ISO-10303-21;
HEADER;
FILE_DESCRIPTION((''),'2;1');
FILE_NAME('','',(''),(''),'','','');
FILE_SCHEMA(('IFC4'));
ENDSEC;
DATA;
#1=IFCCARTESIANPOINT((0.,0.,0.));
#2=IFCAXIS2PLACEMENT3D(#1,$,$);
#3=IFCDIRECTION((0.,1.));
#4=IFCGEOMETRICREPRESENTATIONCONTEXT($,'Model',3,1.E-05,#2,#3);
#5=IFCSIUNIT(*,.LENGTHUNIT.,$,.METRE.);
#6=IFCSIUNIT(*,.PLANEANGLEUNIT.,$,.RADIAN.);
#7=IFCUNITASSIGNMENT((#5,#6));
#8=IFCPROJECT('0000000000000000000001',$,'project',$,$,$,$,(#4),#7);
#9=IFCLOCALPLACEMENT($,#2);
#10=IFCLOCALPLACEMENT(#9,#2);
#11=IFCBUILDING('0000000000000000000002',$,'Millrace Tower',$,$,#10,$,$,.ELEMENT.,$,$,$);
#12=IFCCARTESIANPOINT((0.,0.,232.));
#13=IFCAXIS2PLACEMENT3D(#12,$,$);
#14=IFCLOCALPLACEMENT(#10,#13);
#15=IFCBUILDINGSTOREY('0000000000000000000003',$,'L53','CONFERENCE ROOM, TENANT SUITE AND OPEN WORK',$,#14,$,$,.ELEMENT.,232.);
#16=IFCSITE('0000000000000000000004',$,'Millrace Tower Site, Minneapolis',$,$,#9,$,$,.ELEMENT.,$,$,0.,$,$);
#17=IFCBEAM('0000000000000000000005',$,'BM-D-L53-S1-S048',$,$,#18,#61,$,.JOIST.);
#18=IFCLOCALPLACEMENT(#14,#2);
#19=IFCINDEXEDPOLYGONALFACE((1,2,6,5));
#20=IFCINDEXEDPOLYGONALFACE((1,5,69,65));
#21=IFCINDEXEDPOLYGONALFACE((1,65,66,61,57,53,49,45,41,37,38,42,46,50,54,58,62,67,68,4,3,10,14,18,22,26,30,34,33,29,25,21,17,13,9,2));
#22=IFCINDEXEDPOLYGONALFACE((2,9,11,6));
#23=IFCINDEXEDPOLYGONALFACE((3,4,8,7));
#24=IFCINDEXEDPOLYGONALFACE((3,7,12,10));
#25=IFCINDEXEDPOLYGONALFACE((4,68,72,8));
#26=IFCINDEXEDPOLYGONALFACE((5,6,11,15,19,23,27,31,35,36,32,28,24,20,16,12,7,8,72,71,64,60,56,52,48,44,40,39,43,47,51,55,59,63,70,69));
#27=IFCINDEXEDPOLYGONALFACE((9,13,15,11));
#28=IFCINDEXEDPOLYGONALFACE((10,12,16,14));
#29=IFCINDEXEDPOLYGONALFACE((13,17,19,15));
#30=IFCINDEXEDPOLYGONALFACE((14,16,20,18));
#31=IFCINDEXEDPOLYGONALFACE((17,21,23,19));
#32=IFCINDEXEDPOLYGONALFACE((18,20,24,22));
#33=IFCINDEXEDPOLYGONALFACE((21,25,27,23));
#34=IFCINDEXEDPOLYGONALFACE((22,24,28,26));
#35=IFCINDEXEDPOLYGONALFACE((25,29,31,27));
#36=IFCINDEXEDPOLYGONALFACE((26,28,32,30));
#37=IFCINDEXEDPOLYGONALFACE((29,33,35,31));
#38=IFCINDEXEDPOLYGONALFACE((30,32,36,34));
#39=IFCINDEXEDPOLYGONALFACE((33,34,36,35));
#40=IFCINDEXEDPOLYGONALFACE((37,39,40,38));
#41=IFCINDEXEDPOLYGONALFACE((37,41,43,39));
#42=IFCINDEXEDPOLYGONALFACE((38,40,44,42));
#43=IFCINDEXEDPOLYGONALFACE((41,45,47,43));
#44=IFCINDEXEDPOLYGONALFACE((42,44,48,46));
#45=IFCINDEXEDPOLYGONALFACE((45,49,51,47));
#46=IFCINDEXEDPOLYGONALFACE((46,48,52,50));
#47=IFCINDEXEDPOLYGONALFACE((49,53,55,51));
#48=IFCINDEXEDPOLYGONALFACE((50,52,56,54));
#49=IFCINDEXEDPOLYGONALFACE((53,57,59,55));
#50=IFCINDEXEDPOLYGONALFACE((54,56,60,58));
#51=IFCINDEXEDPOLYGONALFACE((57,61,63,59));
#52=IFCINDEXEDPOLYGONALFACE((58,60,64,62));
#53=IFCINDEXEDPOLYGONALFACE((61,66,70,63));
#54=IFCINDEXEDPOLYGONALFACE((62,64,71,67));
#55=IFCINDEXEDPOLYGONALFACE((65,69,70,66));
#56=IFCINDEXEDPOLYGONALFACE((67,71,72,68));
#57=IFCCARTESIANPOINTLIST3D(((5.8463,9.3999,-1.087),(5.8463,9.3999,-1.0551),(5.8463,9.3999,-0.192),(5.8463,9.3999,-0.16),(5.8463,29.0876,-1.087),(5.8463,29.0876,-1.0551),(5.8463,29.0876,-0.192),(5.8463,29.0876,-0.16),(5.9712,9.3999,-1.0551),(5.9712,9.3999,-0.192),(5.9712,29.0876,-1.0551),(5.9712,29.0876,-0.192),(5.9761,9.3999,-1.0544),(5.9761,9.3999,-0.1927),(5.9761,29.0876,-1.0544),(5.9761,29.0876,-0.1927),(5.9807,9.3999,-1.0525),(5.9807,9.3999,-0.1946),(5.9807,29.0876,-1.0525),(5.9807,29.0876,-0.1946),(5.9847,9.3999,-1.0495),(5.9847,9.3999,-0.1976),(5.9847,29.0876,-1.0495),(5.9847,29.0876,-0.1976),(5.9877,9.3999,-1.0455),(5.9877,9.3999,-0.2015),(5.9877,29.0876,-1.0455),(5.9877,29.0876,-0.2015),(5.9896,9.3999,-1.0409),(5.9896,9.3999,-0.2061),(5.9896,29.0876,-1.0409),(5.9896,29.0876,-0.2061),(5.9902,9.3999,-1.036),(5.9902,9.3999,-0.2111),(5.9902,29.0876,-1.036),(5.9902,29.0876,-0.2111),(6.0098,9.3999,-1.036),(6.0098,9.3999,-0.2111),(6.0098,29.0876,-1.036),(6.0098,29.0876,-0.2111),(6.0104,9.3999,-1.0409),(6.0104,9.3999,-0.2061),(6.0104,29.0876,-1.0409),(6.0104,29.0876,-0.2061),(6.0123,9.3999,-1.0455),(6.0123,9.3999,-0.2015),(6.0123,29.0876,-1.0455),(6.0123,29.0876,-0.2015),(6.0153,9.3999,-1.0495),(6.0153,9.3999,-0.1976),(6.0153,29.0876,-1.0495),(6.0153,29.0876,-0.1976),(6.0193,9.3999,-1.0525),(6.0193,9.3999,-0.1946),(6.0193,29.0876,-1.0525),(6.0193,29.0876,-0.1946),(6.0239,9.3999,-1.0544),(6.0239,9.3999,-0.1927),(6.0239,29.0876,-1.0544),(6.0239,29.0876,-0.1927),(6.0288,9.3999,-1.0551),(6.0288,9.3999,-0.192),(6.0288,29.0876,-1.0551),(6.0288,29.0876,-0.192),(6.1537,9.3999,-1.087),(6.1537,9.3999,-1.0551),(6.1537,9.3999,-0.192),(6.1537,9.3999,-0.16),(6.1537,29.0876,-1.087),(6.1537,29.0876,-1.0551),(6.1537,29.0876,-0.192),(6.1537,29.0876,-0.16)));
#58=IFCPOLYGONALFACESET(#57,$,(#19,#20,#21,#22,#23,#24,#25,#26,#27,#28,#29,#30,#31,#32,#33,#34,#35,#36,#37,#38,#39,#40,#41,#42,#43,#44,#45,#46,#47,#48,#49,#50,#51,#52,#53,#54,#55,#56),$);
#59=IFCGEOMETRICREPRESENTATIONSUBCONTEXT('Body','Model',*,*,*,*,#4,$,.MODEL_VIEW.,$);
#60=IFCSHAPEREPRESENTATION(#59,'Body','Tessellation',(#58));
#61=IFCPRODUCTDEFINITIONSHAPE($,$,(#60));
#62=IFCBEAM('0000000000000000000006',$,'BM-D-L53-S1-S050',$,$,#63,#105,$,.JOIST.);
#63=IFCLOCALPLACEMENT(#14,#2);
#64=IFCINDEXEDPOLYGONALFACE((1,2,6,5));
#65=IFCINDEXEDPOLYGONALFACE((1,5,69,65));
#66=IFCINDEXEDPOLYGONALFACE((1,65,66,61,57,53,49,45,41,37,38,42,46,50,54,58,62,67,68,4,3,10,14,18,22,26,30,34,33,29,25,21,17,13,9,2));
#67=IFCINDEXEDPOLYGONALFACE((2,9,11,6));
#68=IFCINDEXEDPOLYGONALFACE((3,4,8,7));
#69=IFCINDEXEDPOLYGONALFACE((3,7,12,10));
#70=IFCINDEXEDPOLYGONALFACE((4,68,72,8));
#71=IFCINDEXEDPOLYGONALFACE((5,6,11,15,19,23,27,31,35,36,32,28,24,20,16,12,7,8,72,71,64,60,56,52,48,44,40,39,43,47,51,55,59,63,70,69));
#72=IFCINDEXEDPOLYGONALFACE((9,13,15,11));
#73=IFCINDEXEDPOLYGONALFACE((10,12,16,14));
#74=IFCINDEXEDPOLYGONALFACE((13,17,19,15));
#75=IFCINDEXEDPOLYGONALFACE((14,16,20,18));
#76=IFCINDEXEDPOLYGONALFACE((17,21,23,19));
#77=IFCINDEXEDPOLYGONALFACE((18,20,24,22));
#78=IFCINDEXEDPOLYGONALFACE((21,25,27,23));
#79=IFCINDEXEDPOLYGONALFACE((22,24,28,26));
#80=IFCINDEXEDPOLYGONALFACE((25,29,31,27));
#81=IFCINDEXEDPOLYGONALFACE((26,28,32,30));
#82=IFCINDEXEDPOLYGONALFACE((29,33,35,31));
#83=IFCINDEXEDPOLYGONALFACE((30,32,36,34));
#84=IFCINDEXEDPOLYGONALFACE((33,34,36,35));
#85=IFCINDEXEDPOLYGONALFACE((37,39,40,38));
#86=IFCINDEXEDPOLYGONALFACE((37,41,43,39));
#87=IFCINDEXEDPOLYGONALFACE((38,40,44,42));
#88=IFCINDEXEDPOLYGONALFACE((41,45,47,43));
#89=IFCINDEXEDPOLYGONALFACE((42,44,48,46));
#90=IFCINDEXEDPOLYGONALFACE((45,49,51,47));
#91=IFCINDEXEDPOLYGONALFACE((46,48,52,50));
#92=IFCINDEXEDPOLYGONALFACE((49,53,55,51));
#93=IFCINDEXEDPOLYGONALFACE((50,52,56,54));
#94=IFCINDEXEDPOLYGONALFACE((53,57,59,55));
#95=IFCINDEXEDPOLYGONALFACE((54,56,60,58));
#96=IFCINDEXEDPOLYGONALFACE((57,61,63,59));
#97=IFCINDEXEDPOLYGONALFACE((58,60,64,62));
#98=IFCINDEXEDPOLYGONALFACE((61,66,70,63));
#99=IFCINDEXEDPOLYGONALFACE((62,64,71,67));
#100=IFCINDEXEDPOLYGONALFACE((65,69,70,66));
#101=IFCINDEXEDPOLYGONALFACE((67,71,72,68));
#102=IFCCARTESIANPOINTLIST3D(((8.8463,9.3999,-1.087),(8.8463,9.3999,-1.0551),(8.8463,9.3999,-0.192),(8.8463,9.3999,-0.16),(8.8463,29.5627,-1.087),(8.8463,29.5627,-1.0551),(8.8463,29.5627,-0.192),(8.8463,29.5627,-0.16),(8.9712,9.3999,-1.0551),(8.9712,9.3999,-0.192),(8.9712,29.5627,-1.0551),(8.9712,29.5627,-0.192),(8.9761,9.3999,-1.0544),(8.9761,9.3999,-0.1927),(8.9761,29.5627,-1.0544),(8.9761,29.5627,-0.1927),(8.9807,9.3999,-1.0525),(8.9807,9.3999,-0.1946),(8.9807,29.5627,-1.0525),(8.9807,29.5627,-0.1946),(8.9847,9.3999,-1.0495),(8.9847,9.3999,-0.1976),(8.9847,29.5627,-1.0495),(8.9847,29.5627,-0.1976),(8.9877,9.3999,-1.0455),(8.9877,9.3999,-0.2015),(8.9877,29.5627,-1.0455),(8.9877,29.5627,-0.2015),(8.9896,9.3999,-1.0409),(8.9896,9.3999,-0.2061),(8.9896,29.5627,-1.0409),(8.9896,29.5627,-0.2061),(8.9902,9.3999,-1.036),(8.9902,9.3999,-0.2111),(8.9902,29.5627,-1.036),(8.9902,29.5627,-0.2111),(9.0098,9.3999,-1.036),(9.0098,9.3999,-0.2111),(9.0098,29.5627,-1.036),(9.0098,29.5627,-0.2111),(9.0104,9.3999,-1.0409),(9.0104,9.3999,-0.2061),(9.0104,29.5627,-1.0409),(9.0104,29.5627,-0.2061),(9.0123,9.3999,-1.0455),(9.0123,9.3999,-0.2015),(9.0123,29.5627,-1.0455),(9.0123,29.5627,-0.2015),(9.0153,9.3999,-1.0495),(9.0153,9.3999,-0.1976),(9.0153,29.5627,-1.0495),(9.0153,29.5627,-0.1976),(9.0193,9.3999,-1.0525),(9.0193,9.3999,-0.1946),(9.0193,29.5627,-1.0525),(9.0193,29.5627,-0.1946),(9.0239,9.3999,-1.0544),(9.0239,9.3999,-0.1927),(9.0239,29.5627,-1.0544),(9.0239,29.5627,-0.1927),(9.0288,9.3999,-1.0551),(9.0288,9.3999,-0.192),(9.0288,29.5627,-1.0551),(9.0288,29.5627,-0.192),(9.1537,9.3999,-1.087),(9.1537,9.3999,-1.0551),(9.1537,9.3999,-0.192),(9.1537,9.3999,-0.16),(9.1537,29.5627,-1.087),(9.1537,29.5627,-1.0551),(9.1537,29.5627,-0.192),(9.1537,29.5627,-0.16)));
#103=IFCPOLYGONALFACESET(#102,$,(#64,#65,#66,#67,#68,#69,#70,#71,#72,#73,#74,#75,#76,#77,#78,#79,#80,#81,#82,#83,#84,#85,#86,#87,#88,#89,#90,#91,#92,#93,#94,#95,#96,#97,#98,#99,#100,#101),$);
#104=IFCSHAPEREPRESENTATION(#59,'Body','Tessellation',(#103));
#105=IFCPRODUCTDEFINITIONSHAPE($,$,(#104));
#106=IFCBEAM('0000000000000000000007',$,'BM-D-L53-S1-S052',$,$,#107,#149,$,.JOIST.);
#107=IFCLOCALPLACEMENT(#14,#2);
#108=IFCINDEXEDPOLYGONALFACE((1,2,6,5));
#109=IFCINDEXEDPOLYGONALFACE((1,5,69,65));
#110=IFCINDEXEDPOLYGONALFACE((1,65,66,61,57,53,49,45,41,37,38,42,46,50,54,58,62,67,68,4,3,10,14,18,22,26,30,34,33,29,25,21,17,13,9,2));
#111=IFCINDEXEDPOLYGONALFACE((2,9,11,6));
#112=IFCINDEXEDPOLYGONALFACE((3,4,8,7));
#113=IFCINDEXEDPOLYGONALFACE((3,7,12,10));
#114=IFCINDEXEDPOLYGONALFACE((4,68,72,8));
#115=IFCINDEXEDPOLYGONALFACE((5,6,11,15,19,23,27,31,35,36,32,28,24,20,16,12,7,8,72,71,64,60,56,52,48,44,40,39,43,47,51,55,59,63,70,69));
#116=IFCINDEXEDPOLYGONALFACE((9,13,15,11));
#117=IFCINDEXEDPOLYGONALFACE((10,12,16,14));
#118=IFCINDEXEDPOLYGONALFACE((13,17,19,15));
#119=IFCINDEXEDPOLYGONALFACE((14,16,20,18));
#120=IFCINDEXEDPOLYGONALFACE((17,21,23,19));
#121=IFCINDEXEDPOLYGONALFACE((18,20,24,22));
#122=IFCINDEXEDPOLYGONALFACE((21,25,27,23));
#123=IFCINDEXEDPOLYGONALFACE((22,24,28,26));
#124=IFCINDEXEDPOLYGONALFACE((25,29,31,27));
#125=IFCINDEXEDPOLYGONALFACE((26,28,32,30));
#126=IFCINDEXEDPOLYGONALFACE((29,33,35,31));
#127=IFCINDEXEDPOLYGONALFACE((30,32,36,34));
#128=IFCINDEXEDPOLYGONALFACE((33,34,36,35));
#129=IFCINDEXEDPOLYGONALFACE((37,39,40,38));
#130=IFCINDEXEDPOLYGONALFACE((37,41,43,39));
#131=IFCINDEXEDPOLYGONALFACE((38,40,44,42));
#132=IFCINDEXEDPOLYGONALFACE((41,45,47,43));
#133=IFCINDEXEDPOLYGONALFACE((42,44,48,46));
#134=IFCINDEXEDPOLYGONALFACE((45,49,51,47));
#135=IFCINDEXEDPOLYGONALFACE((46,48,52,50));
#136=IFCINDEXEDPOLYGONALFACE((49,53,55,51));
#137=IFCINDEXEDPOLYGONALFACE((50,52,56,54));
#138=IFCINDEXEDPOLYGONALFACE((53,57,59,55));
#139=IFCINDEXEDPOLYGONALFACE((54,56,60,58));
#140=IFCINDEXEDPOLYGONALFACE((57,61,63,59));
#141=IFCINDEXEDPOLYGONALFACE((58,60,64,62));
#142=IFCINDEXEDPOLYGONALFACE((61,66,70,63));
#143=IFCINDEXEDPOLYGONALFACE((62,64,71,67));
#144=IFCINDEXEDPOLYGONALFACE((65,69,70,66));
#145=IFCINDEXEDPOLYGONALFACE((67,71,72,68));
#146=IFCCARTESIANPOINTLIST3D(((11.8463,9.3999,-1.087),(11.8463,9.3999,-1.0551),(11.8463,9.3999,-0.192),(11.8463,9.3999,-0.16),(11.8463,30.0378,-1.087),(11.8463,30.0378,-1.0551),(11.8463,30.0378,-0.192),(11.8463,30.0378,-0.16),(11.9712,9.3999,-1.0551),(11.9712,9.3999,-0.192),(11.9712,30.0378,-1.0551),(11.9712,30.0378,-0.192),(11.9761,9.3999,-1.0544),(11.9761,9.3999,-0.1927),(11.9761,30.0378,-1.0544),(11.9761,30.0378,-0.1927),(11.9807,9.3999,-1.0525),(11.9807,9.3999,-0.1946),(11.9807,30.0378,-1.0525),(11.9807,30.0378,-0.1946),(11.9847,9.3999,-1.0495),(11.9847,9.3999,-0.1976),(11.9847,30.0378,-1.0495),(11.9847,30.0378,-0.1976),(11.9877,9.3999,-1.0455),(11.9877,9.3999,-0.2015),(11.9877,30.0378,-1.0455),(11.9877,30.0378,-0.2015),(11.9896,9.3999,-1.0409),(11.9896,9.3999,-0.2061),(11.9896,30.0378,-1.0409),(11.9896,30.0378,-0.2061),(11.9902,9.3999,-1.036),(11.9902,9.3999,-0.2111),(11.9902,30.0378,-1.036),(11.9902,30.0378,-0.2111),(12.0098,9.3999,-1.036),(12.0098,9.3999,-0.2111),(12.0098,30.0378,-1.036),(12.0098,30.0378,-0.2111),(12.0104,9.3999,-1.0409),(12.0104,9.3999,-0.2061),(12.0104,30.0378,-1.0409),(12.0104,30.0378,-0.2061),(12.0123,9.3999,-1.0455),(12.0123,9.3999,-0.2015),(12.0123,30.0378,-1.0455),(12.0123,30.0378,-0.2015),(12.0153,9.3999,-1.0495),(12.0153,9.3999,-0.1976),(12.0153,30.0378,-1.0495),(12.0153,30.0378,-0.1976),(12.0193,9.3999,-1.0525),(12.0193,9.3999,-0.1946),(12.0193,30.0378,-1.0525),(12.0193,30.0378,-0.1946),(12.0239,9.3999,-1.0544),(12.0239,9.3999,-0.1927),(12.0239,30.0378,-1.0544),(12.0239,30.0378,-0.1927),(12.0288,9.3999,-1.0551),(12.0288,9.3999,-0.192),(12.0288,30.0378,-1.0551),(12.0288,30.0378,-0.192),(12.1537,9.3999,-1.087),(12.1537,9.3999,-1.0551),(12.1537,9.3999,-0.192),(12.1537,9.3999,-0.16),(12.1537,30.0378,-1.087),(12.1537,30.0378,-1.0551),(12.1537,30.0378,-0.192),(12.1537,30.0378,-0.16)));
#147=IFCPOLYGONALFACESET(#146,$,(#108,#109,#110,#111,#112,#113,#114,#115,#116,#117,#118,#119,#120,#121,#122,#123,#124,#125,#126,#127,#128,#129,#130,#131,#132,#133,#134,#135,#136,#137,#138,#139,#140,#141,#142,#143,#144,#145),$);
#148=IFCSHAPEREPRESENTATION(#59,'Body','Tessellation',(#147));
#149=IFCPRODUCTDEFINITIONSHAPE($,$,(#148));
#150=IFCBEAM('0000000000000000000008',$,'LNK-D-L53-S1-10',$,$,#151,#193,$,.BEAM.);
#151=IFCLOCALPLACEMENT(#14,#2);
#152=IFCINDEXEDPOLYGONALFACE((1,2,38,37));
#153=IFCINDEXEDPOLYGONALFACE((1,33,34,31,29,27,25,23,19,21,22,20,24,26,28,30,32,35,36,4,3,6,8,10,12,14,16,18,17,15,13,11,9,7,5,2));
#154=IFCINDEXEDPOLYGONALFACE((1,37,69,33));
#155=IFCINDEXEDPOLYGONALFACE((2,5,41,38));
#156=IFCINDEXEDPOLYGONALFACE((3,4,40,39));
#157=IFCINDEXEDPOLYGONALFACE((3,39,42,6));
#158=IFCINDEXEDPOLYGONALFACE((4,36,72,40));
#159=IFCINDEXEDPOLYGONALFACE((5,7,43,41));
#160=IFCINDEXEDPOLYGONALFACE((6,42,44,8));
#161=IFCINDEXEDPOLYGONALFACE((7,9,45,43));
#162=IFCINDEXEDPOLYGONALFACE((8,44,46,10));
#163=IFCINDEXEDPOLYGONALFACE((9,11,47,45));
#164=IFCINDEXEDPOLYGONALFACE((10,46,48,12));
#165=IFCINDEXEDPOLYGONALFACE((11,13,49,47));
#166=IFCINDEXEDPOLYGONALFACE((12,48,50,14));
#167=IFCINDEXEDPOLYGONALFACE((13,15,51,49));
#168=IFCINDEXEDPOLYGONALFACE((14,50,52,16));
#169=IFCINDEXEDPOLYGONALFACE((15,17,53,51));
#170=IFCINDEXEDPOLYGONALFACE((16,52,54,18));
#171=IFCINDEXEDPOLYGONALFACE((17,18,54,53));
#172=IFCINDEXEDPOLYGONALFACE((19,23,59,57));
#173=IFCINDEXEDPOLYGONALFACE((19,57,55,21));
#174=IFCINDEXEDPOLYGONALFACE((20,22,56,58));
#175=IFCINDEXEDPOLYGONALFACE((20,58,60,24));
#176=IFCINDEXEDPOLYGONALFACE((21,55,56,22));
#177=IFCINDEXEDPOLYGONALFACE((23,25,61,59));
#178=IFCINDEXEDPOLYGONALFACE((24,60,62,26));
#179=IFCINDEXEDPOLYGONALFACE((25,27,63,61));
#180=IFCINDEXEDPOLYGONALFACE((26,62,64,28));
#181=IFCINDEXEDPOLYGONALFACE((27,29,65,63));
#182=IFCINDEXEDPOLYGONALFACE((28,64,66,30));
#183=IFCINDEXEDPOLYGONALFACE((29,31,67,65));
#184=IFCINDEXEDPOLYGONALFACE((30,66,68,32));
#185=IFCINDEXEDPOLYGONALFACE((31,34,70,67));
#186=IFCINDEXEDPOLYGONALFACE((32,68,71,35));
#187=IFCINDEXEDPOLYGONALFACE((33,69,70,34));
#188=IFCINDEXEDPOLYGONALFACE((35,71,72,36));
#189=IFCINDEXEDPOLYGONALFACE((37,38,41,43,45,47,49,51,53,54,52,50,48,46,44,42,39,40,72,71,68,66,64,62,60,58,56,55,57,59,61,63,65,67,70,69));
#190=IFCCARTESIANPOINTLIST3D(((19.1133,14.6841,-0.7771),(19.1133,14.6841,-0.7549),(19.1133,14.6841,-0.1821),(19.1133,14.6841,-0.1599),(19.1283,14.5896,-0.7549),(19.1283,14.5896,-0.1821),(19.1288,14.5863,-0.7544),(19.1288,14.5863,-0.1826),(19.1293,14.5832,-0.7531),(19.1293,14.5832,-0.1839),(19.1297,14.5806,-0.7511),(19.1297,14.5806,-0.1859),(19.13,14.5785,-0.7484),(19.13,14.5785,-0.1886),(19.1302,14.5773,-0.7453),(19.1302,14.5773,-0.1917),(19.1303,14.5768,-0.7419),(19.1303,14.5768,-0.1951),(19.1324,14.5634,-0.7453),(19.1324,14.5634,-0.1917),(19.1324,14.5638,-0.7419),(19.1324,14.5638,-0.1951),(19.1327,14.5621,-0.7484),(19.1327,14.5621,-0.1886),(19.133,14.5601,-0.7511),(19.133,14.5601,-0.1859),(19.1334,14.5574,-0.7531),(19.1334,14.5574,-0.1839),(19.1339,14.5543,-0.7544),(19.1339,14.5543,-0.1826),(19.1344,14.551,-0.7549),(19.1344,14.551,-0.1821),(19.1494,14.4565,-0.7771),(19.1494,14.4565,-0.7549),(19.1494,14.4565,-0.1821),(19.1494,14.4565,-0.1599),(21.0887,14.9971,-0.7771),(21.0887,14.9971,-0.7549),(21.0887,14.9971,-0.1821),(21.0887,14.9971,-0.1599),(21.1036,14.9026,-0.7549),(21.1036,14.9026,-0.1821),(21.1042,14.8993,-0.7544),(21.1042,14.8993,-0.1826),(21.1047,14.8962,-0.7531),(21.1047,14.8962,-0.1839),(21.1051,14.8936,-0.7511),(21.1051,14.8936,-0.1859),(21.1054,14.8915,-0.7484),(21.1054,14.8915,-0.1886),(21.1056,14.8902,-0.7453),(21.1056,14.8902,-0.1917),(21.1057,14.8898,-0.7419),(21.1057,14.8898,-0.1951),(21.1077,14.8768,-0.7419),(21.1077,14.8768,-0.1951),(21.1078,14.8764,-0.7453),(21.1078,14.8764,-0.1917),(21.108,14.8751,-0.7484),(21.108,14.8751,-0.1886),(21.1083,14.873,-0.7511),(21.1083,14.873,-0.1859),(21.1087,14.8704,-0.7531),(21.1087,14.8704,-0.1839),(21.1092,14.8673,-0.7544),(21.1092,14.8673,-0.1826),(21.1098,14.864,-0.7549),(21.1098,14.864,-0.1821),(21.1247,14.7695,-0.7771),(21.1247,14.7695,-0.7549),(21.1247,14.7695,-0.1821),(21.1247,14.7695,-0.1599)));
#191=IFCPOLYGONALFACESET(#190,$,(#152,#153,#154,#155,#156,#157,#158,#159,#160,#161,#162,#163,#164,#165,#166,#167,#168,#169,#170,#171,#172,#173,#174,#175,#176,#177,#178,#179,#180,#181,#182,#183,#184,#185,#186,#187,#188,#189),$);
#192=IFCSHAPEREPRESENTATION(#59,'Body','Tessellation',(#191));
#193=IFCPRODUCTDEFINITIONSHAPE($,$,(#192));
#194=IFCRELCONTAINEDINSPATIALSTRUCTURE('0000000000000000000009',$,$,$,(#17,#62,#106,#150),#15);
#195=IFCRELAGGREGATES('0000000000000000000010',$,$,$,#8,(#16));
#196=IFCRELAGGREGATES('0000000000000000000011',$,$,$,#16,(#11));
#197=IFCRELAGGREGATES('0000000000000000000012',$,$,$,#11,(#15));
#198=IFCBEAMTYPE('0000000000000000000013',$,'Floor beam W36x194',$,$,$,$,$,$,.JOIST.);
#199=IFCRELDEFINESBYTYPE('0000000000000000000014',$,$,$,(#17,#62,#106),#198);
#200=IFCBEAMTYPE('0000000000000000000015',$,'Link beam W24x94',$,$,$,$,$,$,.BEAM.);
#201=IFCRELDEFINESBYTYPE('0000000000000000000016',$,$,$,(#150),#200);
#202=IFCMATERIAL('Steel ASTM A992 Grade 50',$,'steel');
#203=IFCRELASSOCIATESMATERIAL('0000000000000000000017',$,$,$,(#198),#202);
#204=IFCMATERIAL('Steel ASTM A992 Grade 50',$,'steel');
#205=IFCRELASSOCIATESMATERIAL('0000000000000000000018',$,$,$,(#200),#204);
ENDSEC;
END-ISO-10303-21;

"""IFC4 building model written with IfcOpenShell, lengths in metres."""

from ifc_helpers import new_model, si_unit, direction, frame, origin, origin_2d, place, context, subcontext, project, spatial, i_section, extrude, material, material_profile, profile_set, type_object, element, save


model = new_model("IFC4")

# Units and contexts
model_context = context("Model", 3, precision=1e-05, world=origin(), true_north=direction((0.0, 1.0)))
body_context = subcontext(model_context, "Body", "Model", "MODEL_VIEW")
ifc_project = project(units=[si_unit("LENGTHUNIT", "METRE"), si_unit("PLANEANGLEUNIT", "RADIAN")], contexts=[model_context])

# Site, building, storey
site_placement = place(None, origin())
site = spatial("IfcSite", under=ifc_project, at=site_placement, Name="Millrace Tower Site, Minneapolis", CompositionType="ELEMENT", RefElevation=0.0)
building_placement = place(site_placement, origin())
building = spatial("IfcBuilding", under=site, at=building_placement, Name="Millrace Tower", CompositionType="ELEMENT")
storey_placement = place(building_placement, frame((0.0, 0.0, 232.0)))
storey = spatial("IfcBuildingStorey", under=building, at=storey_placement, Name="L53", Description="CONFERENCE ROOM, TENANT SUITE AND OPEN WORK", CompositionType="ELEMENT", Elevation=232.0)

# Beams
ifc_material_1 = material(Name="Steel ASTM A992 Grade 50", Category="steel")
ifc_material_profile_1 = material_profile(ifc_material_1, i_section(OverallWidth=0.3074, OverallDepth=0.927, WebThickness=0.0195, FlangeThickness=0.032, FilletRadius=0.019, at=origin_2d()))
ifc_profile_set_1 = profile_set([ifc_material_profile_1], Name="Steel ASTM A992 Grade 50")
beam_type_1 = type_object("IfcBeamType", Name="Floor beam W36x194", PredefinedType="JOIST", material=ifc_profile_set_1)
beam_1_placement = place(storey_placement, frame((6.0, 9.3999, -0.6235), z_axis=(0.0, 1.0, 0.0), x_axis=(-1.0, 0.0, 0.0)))
element("IfcBeam", 1, at=beam_1_placement, inside=storey, type_object=beam_type_1, Name="BM-D-L53-S1-S048", PredefinedType="JOIST", context=body_context, shape_type="SweptSolid", body=[
    extrude(i_section(OverallWidth=0.3074, OverallDepth=0.927, WebThickness=0.0195, FlangeThickness=0.032, FilletRadius=0.019, at=origin_2d()), origin(), (0.0, 0.0, 1.0), 19.6877),
])
beam_2_placement = place(storey_placement, frame((9.0, 9.3999, -0.6235), z_axis=(0.0, 1.0, 0.0), x_axis=(-1.0, 0.0, 0.0)))
element("IfcBeam", 2, at=beam_2_placement, inside=storey, type_object=beam_type_1, Name="BM-D-L53-S1-S050", PredefinedType="JOIST", context=body_context, shape_type="SweptSolid", body=[
    extrude(i_section(OverallWidth=0.3074, OverallDepth=0.927, WebThickness=0.0195, FlangeThickness=0.032, FilletRadius=0.019, at=origin_2d()), origin(), (0.0, 0.0, 1.0), 20.1628),
])
beam_3_placement = place(storey_placement, frame((12.0, 9.3999, -0.6235), z_axis=(0.0, 1.0, 0.0), x_axis=(-1.0, 0.0, 0.0)))
element("IfcBeam", 3, at=beam_3_placement, inside=storey, type_object=beam_type_1, Name="BM-D-L53-S1-S052", PredefinedType="JOIST", context=body_context, shape_type="SweptSolid", body=[
    extrude(i_section(OverallWidth=0.3074, OverallDepth=0.927, WebThickness=0.0195, FlangeThickness=0.032, FilletRadius=0.019, at=origin_2d()), origin(), (0.0, 0.0, 1.0), 20.6379),
])
ifc_material_2 = material(Name="Steel ASTM A992 Grade 50", Category="steel")
ifc_material_profile_2 = material_profile(ifc_material_2, i_section(OverallWidth=0.2305, OverallDepth=0.6172, WebThickness=0.0132, FlangeThickness=0.0222, FilletRadius=0.0129, at=origin_2d()))
ifc_profile_set_2 = profile_set([ifc_material_profile_2], Name="Steel ASTM A992 Grade 50")
beam_type_2 = type_object("IfcBeamType", Name="Link beam W24x94", PredefinedType="BEAM", material=ifc_profile_set_2)
beam_4_placement = place(storey_placement, frame((19.1313, 14.5703, -0.4685), z_axis=(0.987679, 0.156495, 0.0), x_axis=(-0.156495, 0.987679, 0.0)))
element("IfcBeam", 4, at=beam_4_placement, inside=storey, type_object=beam_type_2, Name="LNK-D-L53-S1-10", PredefinedType="BEAM", context=body_context, shape_type="SweptSolid", body=[
    extrude(i_section(OverallWidth=0.2305, OverallDepth=0.6172, WebThickness=0.0132, FlangeThickness=0.0222, FilletRadius=0.0129, at=origin_2d()), origin(), (0.0, 0.0, 1.0), 2.0),
])

save(model, "model.ifc")
